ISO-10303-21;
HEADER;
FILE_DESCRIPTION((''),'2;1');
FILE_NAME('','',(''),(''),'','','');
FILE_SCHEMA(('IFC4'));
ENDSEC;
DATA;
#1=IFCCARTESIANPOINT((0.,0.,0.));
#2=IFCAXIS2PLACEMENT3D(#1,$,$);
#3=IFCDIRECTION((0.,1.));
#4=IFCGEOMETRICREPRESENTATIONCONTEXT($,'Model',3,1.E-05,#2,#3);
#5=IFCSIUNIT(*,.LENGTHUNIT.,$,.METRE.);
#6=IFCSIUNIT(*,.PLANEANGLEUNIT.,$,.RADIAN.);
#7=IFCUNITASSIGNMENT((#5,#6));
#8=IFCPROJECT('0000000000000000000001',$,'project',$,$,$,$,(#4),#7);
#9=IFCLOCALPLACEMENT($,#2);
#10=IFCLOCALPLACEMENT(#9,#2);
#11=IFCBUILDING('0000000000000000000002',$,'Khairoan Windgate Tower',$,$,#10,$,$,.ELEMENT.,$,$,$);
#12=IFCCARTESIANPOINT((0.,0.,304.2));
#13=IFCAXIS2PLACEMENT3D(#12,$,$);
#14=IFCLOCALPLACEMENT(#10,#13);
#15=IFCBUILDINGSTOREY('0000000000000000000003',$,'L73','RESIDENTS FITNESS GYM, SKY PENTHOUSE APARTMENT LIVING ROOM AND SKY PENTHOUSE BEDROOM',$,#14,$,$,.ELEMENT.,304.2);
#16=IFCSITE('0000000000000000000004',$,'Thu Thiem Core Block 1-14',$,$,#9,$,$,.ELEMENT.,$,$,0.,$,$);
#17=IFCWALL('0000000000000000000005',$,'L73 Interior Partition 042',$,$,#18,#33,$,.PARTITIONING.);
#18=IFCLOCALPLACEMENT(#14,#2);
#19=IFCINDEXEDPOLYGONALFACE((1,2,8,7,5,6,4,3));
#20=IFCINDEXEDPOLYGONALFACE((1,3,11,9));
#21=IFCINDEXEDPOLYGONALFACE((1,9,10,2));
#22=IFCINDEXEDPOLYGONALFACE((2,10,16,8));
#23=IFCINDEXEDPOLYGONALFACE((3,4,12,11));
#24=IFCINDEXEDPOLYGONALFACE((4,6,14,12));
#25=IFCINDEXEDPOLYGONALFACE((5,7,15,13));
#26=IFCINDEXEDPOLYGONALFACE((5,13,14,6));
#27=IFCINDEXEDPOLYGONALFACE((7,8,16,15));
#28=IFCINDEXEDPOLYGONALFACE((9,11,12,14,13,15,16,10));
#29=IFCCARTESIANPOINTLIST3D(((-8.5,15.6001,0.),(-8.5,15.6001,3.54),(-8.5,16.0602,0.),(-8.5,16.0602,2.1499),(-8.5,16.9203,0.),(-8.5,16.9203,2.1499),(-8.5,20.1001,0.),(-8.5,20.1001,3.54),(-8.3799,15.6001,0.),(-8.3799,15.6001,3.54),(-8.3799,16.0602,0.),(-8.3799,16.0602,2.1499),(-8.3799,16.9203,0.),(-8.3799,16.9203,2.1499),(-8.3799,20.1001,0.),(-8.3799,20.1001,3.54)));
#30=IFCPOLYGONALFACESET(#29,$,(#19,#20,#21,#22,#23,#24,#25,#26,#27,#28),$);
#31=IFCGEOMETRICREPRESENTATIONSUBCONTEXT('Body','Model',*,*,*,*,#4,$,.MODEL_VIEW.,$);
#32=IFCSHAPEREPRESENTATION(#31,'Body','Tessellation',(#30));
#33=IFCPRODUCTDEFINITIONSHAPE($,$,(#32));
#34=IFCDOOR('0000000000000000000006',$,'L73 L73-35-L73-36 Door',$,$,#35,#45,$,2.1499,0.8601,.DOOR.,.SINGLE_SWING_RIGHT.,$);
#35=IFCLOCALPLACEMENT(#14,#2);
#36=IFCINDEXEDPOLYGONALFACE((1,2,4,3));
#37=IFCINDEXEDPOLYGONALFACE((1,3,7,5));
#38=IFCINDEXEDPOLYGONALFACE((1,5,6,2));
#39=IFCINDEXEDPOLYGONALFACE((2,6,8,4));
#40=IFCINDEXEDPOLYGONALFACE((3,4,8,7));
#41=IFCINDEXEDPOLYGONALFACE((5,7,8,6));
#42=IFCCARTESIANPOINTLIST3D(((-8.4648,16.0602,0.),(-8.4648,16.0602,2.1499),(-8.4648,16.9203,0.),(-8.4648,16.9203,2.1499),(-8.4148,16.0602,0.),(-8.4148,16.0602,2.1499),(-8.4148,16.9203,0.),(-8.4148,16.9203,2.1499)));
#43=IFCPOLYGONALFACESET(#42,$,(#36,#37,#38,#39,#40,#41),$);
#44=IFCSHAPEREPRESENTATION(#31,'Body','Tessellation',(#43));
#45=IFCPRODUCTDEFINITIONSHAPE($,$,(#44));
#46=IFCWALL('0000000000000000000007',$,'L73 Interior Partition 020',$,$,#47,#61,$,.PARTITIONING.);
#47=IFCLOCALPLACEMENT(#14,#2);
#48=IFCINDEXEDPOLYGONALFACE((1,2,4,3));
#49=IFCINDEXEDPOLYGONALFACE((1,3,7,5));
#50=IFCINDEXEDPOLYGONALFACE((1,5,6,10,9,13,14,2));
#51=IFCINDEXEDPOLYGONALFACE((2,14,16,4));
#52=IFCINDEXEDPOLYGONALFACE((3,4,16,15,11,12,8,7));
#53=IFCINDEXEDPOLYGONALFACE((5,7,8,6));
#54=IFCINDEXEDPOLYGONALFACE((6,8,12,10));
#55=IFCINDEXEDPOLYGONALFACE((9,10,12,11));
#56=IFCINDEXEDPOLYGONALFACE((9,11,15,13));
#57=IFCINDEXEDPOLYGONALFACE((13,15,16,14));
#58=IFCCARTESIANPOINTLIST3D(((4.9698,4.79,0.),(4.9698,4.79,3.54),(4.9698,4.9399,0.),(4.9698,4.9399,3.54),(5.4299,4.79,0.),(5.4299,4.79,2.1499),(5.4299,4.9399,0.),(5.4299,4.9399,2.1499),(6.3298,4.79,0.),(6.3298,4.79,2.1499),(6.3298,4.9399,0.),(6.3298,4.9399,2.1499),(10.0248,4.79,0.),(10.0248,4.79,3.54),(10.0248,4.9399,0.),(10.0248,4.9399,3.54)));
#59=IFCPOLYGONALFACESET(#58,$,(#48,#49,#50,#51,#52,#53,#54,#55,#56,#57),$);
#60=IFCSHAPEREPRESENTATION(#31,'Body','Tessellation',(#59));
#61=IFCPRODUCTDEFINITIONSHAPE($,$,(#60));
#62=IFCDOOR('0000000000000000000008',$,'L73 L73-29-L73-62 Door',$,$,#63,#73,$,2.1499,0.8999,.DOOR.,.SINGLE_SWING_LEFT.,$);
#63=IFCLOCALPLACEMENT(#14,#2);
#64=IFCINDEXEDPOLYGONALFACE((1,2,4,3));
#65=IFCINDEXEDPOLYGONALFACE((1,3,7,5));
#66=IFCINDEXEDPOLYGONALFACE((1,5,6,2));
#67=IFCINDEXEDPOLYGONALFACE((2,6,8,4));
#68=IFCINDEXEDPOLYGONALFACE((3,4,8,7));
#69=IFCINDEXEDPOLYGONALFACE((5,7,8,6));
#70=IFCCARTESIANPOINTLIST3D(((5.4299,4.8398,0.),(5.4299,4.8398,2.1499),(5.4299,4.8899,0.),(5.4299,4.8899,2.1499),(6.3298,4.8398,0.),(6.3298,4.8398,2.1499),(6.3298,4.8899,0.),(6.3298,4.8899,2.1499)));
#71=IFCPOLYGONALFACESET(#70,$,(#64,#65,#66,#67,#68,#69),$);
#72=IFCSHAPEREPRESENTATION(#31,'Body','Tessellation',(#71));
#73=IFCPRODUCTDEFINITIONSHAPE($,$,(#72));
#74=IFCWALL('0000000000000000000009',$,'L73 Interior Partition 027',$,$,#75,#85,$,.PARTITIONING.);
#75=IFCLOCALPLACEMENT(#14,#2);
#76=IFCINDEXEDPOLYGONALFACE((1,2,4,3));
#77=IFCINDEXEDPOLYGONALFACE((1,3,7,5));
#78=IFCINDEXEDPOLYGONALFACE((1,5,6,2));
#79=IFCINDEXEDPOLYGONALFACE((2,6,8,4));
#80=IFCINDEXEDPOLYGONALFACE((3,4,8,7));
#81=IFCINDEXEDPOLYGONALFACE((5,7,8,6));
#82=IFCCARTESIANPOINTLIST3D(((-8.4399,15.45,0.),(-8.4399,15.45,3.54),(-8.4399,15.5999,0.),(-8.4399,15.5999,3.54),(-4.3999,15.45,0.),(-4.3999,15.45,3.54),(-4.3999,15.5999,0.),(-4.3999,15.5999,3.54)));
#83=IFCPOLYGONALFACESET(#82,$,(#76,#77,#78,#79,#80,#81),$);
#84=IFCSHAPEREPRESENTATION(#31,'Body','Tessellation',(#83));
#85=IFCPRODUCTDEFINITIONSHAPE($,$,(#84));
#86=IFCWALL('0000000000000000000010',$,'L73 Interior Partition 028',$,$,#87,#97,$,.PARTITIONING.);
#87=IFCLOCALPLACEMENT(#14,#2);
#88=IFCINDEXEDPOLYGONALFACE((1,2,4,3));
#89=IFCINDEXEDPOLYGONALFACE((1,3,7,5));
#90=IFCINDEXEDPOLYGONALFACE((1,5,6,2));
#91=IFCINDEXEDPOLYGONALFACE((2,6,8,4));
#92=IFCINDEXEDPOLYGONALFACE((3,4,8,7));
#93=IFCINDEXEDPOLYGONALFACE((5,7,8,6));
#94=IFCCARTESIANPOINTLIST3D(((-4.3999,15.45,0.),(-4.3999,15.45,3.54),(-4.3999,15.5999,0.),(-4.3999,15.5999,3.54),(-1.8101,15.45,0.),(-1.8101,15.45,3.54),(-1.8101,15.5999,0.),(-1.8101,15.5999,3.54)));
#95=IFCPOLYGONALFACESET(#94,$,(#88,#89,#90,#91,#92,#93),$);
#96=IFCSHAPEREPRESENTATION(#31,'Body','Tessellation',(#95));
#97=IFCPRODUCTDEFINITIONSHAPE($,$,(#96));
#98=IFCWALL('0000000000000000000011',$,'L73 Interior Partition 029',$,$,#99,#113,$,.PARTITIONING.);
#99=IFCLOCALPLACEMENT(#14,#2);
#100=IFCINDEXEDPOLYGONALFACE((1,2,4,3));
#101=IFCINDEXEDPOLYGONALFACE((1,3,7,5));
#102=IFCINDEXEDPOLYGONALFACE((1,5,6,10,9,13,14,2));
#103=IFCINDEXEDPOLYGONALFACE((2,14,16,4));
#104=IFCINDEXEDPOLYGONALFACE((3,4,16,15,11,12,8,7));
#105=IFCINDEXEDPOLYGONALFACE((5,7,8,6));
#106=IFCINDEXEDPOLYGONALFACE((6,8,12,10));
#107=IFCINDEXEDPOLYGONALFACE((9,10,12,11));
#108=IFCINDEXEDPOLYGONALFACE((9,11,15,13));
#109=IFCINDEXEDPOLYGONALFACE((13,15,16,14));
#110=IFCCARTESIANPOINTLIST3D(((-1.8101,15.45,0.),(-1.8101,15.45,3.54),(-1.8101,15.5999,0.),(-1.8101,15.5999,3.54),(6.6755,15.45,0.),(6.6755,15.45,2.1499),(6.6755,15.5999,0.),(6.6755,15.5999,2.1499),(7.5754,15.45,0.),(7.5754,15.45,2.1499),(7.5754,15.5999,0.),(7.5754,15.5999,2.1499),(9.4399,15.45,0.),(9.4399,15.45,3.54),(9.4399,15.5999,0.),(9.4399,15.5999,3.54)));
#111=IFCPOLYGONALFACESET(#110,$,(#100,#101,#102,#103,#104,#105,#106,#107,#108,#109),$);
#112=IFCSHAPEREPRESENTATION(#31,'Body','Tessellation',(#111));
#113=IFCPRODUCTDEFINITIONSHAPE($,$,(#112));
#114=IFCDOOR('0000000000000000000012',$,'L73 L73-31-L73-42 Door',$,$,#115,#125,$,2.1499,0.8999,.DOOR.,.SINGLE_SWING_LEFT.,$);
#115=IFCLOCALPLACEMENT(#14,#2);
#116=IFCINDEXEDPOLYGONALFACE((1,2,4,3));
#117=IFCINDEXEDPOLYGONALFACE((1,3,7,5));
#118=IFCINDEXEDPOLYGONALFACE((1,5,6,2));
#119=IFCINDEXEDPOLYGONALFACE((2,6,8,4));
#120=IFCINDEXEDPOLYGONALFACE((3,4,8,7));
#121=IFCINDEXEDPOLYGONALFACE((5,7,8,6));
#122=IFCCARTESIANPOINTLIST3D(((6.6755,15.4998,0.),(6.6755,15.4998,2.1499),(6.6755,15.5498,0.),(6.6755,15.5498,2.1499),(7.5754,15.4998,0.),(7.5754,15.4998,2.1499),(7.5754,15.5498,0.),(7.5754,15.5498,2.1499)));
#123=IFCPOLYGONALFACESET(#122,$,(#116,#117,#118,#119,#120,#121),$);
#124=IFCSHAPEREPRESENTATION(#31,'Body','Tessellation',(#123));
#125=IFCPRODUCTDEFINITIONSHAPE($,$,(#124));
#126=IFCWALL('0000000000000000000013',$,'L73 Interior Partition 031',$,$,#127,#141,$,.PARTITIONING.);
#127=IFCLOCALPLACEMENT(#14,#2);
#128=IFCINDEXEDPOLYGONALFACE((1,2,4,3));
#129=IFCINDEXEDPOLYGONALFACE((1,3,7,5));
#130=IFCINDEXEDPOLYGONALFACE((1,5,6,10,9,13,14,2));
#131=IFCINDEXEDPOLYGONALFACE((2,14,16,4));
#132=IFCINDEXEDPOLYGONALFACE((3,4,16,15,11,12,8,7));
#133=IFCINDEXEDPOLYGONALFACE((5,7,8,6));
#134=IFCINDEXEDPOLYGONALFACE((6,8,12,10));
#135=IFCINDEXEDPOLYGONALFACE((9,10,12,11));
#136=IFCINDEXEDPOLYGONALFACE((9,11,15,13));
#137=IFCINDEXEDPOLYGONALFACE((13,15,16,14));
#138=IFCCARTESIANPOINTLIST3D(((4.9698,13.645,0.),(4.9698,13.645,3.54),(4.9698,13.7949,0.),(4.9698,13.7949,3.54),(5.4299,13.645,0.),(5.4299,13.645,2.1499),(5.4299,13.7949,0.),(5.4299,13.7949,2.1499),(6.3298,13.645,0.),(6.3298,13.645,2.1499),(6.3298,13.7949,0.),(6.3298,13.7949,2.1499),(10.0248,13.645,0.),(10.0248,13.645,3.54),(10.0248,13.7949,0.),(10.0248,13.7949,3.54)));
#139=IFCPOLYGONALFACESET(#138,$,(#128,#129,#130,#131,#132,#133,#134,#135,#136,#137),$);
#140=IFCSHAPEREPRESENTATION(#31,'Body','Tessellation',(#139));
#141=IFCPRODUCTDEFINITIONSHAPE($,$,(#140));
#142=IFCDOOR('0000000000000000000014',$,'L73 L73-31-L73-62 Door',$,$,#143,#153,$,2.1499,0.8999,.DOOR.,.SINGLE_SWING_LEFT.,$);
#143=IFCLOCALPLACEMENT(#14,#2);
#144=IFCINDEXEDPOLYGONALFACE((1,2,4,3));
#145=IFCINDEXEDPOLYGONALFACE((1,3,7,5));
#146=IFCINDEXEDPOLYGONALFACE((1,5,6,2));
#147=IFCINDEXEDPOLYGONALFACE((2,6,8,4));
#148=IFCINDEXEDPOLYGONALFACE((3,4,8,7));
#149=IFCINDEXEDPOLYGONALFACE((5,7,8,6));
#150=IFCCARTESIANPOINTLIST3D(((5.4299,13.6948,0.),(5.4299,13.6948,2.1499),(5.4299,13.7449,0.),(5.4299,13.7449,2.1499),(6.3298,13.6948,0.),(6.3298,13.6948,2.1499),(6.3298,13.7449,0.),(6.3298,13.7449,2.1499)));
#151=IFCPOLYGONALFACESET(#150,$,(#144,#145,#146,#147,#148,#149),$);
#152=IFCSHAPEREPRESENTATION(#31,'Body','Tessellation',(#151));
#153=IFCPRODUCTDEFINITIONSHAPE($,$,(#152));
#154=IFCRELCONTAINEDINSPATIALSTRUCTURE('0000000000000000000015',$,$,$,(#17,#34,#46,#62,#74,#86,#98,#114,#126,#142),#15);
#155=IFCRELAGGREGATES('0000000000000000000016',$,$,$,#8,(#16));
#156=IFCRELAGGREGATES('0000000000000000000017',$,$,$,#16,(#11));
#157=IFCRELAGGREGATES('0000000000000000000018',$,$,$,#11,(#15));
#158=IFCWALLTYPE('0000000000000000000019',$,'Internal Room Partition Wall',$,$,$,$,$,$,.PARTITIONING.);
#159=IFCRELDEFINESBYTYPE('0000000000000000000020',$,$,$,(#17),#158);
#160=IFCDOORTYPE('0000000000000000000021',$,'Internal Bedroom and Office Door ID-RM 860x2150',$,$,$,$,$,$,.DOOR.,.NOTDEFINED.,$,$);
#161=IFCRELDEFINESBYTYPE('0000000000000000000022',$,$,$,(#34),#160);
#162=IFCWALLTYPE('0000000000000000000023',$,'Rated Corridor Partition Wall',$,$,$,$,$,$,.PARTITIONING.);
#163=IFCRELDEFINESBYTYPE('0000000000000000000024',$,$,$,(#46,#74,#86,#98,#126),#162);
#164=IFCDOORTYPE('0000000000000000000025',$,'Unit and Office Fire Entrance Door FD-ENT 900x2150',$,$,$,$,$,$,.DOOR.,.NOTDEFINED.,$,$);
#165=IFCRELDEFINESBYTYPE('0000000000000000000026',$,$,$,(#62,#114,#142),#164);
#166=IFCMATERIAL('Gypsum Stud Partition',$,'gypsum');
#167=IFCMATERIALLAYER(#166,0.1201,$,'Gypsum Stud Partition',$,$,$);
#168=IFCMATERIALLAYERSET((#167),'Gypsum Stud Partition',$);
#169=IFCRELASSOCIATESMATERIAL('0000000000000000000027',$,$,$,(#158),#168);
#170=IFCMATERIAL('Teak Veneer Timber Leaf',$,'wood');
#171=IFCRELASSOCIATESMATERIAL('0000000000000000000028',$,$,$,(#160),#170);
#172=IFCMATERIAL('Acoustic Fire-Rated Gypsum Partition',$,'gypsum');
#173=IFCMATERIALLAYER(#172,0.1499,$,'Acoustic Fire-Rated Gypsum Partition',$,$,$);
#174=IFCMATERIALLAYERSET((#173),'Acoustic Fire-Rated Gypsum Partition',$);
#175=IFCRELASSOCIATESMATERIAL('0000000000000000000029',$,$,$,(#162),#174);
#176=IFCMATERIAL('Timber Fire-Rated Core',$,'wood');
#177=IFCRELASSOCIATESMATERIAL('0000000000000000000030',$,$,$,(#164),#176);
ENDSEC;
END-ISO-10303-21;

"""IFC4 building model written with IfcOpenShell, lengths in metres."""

from ifc_helpers import new_model, si_unit, direction, frame, frame_2d, origin, place, context, subcontext, project, spatial, rectangle, extrude, material, layer, layer_set, type_object, element, fill, save


model = new_model("IFC4")

# Units and contexts
model_context = context("Model", 3, precision=1e-05, world=origin(), true_north=direction((0.0, 1.0)))
body_context = subcontext(model_context, "Body", "Model", "MODEL_VIEW")
ifc_project = project(units=[si_unit("LENGTHUNIT", "METRE"), si_unit("PLANEANGLEUNIT", "RADIAN")], contexts=[model_context])

# Site, building, storey
site_placement = place(None, origin())
site = spatial("IfcSite", under=ifc_project, at=site_placement, Name="Thu Thiem Core Block 1-14", CompositionType="ELEMENT", RefElevation=0.0)
building_placement = place(site_placement, origin())
building = spatial("IfcBuilding", under=site, at=building_placement, Name="Khairoan Windgate Tower", CompositionType="ELEMENT")
storey_placement = place(building_placement, frame((0.0, 0.0, 304.2)))
storey = spatial("IfcBuildingStorey", under=building, at=storey_placement, Name="L73", Description="RESIDENTS FITNESS GYM, SKY PENTHOUSE APARTMENT LIVING ROOM AND SKY PENTHOUSE BEDROOM", CompositionType="ELEMENT", Elevation=304.2)

# Walls, openings, doors
ifc_material_1 = material(Name="Gypsum Stud Partition", Category="gypsum")
ifc_layer_1 = layer(ifc_material_1, 0.1201, Name="Gypsum Stud Partition")
ifc_layer_set_1 = layer_set([ifc_layer_1], Name="Gypsum Stud Partition")
wall_type_1 = type_object("IfcWallType", Name="Internal Room Partition Wall", PredefinedType="PARTITIONING", material=ifc_layer_set_1)
wall_1_placement = place(storey_placement, frame((-8.4399, 15.6001, 0.0), z_axis=(0.0, 0.0, 1.0), x_axis=(0.0, 1.0, 0.0)))
wall_1 = element("IfcWall", 1, at=wall_1_placement, inside=storey, type_object=wall_type_1, Name="L73 Interior Partition 042", PredefinedType="PARTITIONING", context=body_context, shape_type="SweptSolid", body=[
    extrude(rectangle(XDim=4.5, YDim=0.1201, at=frame_2d((2.25, 0.0))), origin(), (0.0, 0.0, 1.0), 3.54),
])
opening_1_placement = place(wall_1_placement, frame((0.46, 0.0, 0.0)))
opening_1 = element("IfcOpeningElement", 2, at=opening_1_placement, cuts=wall_1, PredefinedType="OPENING", context=body_context, shape_type="SweptSolid", body=[
    extrude(rectangle(XDim=0.8601, YDim=2.1499, at=frame_2d((0.4302, 1.075))), frame((0.0, 0.0701, 0.0), z_axis=(0.0, -1.0, 0.0), x_axis=(1.0, 0.0, 0.0)), (0.0, 0.0, 1.0), 0.1401),
])
ifc_material_2 = material(Name="Teak Veneer Timber Leaf", Category="wood")
door_type_1 = type_object("IfcDoorType", Name="Internal Bedroom and Office Door ID-RM 860x2150", OperationType="NOTDEFINED", PredefinedType="DOOR", material=ifc_material_2)
door_1_placement = place(opening_1_placement, origin())
door_1 = element("IfcDoor", 3, at=door_1_placement, inside=storey, type_object=door_type_1, Name="L73 L73-35-L73-36 Door", OperationType="SINGLE_SWING_RIGHT", OverallHeight=2.1499, OverallWidth=0.8601, PredefinedType="DOOR", context=body_context, shape_type="SweptSolid", body=[
    extrude(rectangle(XDim=0.8601, YDim=2.1499, at=frame_2d((0.4302, 1.075))), frame((0.0, 0.0249, 0.0), z_axis=(0.0, -1.0, 0.0), x_axis=(1.0, 0.0, 0.0)), (0.0, 0.0, 1.0), 0.05),
])
fill(opening_1, door_1)
ifc_material_3 = material(Name="Acoustic Fire-Rated Gypsum Partition", Category="gypsum")
ifc_layer_2 = layer(ifc_material_3, 0.1499, Name="Acoustic Fire-Rated Gypsum Partition")
ifc_layer_set_2 = layer_set([ifc_layer_2], Name="Acoustic Fire-Rated Gypsum Partition")
wall_type_2 = type_object("IfcWallType", Name="Rated Corridor Partition Wall", PredefinedType="PARTITIONING", material=ifc_layer_set_2)
wall_2_placement = place(storey_placement, frame((4.97, 4.865, 0.0), z_axis=(0.0, 0.0, 1.0), x_axis=(1.0, 0.0, 0.0)))
wall_2 = element("IfcWall", 4, at=wall_2_placement, inside=storey, type_object=wall_type_2, Name="L73 Interior Partition 020", PredefinedType="PARTITIONING", context=body_context, shape_type="SweptSolid", body=[
    extrude(rectangle(XDim=5.0549, YDim=0.1499, at=frame_2d((2.5273, 0.0))), origin(), (0.0, 0.0, 1.0), 3.54),
])
opening_2_placement = place(wall_2_placement, frame((0.46, 0.0, 0.0)))
opening_2 = element("IfcOpeningElement", 5, at=opening_2_placement, cuts=wall_2, PredefinedType="OPENING", context=body_context, shape_type="SweptSolid", body=[
    extrude(rectangle(XDim=0.8999, YDim=2.1499, at=frame_2d((0.45, 1.075))), frame((0.0, 0.085, 0.0), z_axis=(0.0, -1.0, 0.0), x_axis=(1.0, 0.0, 0.0)), (0.0, 0.0, 1.0), 0.1699),
])
ifc_material_4 = material(Name="Timber Fire-Rated Core", Category="wood")
door_type_2 = type_object("IfcDoorType", Name="Unit and Office Fire Entrance Door FD-ENT 900x2150", OperationType="NOTDEFINED", PredefinedType="DOOR", material=ifc_material_4)
door_2_placement = place(opening_2_placement, origin())
door_2 = element("IfcDoor", 6, at=door_2_placement, inside=storey, type_object=door_type_2, Name="L73 L73-29-L73-62 Door", OperationType="SINGLE_SWING_LEFT", OverallHeight=2.1499, OverallWidth=0.8999, PredefinedType="DOOR", context=body_context, shape_type="SweptSolid", body=[
    extrude(rectangle(XDim=0.8999, YDim=2.1499, at=frame_2d((0.45, 1.075))), frame((0.0, 0.0249, 0.0), z_axis=(0.0, -1.0, 0.0), x_axis=(1.0, 0.0, 0.0)), (0.0, 0.0, 1.0), 0.05),
])
fill(opening_2, door_2)

# Walls
wall_3_placement = place(storey_placement, frame((-8.4399, 15.5249, 0.0), z_axis=(0.0, 0.0, 1.0), x_axis=(1.0, 0.0, 0.0)))
element("IfcWall", 7, at=wall_3_placement, inside=storey, type_object=wall_type_2, Name="L73 Interior Partition 027", PredefinedType="PARTITIONING", context=body_context, shape_type="SweptSolid", body=[
    extrude(rectangle(XDim=4.04, YDim=0.1499, at=frame_2d((2.02, 0.0))), origin(), (0.0, 0.0, 1.0), 3.54),
])
wall_4_placement = place(storey_placement, frame((-4.3999, 15.5249, 0.0), z_axis=(0.0, 0.0, 1.0), x_axis=(1.0, 0.0, 0.0)))
element("IfcWall", 8, at=wall_4_placement, inside=storey, type_object=wall_type_2, Name="L73 Interior Partition 028", PredefinedType="PARTITIONING", context=body_context, shape_type="SweptSolid", body=[
    extrude(rectangle(XDim=2.5898, YDim=0.1499, at=frame_2d((1.2949, 0.0))), origin(), (0.0, 0.0, 1.0), 3.54),
])

# Walls, openings, doors
wall_5_placement = place(storey_placement, frame((-1.8101, 15.5249, 0.0), z_axis=(0.0, 0.0, 1.0), x_axis=(1.0, 0.0, 0.0)))
wall_5 = element("IfcWall", 9, at=wall_5_placement, inside=storey, type_object=wall_type_2, Name="L73 Interior Partition 029", PredefinedType="PARTITIONING", context=body_context, shape_type="SweptSolid", body=[
    extrude(rectangle(XDim=11.25, YDim=0.1499, at=frame_2d((5.625, 0.0))), origin(), (0.0, 0.0, 1.0), 3.54),
])
opening_3_placement = place(wall_5_placement, frame((8.4856, 0.0, 0.0)))
opening_3 = element("IfcOpeningElement", 10, at=opening_3_placement, cuts=wall_5, PredefinedType="OPENING", context=body_context, shape_type="SweptSolid", body=[
    extrude(rectangle(XDim=0.8999, YDim=2.1499, at=frame_2d((0.45, 1.075))), frame((0.0, 0.085, 0.0), z_axis=(0.0, -1.0, 0.0), x_axis=(1.0, 0.0, 0.0)), (0.0, 0.0, 1.0), 0.1699),
])
door_3_placement = place(opening_3_placement, origin())
door_3 = element("IfcDoor", 11, at=door_3_placement, inside=storey, type_object=door_type_2, Name="L73 L73-31-L73-42 Door", OperationType="SINGLE_SWING_LEFT", OverallHeight=2.1499, OverallWidth=0.8999, PredefinedType="DOOR", context=body_context, shape_type="SweptSolid", body=[
    extrude(rectangle(XDim=0.8999, YDim=2.1499, at=frame_2d((0.45, 1.075))), frame((0.0, 0.0249, 0.0), z_axis=(0.0, -1.0, 0.0), x_axis=(1.0, 0.0, 0.0)), (0.0, 0.0, 1.0), 0.05),
])
fill(opening_3, door_3)
wall_6_placement = place(storey_placement, frame((4.97, 13.72, 0.0), z_axis=(0.0, 0.0, 1.0), x_axis=(1.0, 0.0, 0.0)))
wall_6 = element("IfcWall", 12, at=wall_6_placement, inside=storey, type_object=wall_type_2, Name="L73 Interior Partition 031", PredefinedType="PARTITIONING", context=body_context, shape_type="SweptSolid", body=[
    extrude(rectangle(XDim=5.0549, YDim=0.1499, at=frame_2d((2.5273, 0.0))), origin(), (0.0, 0.0, 1.0), 3.54),
])
opening_4_placement = place(wall_6_placement, frame((0.46, 0.0, 0.0)))
opening_4 = element("IfcOpeningElement", 13, at=opening_4_placement, cuts=wall_6, PredefinedType="OPENING", context=body_context, shape_type="SweptSolid", body=[
    extrude(rectangle(XDim=0.8999, YDim=2.1499, at=frame_2d((0.45, 1.075))), frame((0.0, 0.085, 0.0), z_axis=(0.0, -1.0, 0.0), x_axis=(1.0, 0.0, 0.0)), (0.0, 0.0, 1.0), 0.1699),
])
door_4_placement = place(opening_4_placement, origin())
door_4 = element("IfcDoor", 14, at=door_4_placement, inside=storey, type_object=door_type_2, Name="L73 L73-31-L73-62 Door", OperationType="SINGLE_SWING_LEFT", OverallHeight=2.1499, OverallWidth=0.8999, PredefinedType="DOOR", context=body_context, shape_type="SweptSolid", body=[
    extrude(rectangle(XDim=0.8999, YDim=2.1499, at=frame_2d((0.45, 1.075))), frame((0.0, 0.0249, 0.0), z_axis=(0.0, -1.0, 0.0), x_axis=(1.0, 0.0, 0.0)), (0.0, 0.0, 1.0), 0.05),
])
fill(opening_4, door_4)

save(model, "model.ifc")
